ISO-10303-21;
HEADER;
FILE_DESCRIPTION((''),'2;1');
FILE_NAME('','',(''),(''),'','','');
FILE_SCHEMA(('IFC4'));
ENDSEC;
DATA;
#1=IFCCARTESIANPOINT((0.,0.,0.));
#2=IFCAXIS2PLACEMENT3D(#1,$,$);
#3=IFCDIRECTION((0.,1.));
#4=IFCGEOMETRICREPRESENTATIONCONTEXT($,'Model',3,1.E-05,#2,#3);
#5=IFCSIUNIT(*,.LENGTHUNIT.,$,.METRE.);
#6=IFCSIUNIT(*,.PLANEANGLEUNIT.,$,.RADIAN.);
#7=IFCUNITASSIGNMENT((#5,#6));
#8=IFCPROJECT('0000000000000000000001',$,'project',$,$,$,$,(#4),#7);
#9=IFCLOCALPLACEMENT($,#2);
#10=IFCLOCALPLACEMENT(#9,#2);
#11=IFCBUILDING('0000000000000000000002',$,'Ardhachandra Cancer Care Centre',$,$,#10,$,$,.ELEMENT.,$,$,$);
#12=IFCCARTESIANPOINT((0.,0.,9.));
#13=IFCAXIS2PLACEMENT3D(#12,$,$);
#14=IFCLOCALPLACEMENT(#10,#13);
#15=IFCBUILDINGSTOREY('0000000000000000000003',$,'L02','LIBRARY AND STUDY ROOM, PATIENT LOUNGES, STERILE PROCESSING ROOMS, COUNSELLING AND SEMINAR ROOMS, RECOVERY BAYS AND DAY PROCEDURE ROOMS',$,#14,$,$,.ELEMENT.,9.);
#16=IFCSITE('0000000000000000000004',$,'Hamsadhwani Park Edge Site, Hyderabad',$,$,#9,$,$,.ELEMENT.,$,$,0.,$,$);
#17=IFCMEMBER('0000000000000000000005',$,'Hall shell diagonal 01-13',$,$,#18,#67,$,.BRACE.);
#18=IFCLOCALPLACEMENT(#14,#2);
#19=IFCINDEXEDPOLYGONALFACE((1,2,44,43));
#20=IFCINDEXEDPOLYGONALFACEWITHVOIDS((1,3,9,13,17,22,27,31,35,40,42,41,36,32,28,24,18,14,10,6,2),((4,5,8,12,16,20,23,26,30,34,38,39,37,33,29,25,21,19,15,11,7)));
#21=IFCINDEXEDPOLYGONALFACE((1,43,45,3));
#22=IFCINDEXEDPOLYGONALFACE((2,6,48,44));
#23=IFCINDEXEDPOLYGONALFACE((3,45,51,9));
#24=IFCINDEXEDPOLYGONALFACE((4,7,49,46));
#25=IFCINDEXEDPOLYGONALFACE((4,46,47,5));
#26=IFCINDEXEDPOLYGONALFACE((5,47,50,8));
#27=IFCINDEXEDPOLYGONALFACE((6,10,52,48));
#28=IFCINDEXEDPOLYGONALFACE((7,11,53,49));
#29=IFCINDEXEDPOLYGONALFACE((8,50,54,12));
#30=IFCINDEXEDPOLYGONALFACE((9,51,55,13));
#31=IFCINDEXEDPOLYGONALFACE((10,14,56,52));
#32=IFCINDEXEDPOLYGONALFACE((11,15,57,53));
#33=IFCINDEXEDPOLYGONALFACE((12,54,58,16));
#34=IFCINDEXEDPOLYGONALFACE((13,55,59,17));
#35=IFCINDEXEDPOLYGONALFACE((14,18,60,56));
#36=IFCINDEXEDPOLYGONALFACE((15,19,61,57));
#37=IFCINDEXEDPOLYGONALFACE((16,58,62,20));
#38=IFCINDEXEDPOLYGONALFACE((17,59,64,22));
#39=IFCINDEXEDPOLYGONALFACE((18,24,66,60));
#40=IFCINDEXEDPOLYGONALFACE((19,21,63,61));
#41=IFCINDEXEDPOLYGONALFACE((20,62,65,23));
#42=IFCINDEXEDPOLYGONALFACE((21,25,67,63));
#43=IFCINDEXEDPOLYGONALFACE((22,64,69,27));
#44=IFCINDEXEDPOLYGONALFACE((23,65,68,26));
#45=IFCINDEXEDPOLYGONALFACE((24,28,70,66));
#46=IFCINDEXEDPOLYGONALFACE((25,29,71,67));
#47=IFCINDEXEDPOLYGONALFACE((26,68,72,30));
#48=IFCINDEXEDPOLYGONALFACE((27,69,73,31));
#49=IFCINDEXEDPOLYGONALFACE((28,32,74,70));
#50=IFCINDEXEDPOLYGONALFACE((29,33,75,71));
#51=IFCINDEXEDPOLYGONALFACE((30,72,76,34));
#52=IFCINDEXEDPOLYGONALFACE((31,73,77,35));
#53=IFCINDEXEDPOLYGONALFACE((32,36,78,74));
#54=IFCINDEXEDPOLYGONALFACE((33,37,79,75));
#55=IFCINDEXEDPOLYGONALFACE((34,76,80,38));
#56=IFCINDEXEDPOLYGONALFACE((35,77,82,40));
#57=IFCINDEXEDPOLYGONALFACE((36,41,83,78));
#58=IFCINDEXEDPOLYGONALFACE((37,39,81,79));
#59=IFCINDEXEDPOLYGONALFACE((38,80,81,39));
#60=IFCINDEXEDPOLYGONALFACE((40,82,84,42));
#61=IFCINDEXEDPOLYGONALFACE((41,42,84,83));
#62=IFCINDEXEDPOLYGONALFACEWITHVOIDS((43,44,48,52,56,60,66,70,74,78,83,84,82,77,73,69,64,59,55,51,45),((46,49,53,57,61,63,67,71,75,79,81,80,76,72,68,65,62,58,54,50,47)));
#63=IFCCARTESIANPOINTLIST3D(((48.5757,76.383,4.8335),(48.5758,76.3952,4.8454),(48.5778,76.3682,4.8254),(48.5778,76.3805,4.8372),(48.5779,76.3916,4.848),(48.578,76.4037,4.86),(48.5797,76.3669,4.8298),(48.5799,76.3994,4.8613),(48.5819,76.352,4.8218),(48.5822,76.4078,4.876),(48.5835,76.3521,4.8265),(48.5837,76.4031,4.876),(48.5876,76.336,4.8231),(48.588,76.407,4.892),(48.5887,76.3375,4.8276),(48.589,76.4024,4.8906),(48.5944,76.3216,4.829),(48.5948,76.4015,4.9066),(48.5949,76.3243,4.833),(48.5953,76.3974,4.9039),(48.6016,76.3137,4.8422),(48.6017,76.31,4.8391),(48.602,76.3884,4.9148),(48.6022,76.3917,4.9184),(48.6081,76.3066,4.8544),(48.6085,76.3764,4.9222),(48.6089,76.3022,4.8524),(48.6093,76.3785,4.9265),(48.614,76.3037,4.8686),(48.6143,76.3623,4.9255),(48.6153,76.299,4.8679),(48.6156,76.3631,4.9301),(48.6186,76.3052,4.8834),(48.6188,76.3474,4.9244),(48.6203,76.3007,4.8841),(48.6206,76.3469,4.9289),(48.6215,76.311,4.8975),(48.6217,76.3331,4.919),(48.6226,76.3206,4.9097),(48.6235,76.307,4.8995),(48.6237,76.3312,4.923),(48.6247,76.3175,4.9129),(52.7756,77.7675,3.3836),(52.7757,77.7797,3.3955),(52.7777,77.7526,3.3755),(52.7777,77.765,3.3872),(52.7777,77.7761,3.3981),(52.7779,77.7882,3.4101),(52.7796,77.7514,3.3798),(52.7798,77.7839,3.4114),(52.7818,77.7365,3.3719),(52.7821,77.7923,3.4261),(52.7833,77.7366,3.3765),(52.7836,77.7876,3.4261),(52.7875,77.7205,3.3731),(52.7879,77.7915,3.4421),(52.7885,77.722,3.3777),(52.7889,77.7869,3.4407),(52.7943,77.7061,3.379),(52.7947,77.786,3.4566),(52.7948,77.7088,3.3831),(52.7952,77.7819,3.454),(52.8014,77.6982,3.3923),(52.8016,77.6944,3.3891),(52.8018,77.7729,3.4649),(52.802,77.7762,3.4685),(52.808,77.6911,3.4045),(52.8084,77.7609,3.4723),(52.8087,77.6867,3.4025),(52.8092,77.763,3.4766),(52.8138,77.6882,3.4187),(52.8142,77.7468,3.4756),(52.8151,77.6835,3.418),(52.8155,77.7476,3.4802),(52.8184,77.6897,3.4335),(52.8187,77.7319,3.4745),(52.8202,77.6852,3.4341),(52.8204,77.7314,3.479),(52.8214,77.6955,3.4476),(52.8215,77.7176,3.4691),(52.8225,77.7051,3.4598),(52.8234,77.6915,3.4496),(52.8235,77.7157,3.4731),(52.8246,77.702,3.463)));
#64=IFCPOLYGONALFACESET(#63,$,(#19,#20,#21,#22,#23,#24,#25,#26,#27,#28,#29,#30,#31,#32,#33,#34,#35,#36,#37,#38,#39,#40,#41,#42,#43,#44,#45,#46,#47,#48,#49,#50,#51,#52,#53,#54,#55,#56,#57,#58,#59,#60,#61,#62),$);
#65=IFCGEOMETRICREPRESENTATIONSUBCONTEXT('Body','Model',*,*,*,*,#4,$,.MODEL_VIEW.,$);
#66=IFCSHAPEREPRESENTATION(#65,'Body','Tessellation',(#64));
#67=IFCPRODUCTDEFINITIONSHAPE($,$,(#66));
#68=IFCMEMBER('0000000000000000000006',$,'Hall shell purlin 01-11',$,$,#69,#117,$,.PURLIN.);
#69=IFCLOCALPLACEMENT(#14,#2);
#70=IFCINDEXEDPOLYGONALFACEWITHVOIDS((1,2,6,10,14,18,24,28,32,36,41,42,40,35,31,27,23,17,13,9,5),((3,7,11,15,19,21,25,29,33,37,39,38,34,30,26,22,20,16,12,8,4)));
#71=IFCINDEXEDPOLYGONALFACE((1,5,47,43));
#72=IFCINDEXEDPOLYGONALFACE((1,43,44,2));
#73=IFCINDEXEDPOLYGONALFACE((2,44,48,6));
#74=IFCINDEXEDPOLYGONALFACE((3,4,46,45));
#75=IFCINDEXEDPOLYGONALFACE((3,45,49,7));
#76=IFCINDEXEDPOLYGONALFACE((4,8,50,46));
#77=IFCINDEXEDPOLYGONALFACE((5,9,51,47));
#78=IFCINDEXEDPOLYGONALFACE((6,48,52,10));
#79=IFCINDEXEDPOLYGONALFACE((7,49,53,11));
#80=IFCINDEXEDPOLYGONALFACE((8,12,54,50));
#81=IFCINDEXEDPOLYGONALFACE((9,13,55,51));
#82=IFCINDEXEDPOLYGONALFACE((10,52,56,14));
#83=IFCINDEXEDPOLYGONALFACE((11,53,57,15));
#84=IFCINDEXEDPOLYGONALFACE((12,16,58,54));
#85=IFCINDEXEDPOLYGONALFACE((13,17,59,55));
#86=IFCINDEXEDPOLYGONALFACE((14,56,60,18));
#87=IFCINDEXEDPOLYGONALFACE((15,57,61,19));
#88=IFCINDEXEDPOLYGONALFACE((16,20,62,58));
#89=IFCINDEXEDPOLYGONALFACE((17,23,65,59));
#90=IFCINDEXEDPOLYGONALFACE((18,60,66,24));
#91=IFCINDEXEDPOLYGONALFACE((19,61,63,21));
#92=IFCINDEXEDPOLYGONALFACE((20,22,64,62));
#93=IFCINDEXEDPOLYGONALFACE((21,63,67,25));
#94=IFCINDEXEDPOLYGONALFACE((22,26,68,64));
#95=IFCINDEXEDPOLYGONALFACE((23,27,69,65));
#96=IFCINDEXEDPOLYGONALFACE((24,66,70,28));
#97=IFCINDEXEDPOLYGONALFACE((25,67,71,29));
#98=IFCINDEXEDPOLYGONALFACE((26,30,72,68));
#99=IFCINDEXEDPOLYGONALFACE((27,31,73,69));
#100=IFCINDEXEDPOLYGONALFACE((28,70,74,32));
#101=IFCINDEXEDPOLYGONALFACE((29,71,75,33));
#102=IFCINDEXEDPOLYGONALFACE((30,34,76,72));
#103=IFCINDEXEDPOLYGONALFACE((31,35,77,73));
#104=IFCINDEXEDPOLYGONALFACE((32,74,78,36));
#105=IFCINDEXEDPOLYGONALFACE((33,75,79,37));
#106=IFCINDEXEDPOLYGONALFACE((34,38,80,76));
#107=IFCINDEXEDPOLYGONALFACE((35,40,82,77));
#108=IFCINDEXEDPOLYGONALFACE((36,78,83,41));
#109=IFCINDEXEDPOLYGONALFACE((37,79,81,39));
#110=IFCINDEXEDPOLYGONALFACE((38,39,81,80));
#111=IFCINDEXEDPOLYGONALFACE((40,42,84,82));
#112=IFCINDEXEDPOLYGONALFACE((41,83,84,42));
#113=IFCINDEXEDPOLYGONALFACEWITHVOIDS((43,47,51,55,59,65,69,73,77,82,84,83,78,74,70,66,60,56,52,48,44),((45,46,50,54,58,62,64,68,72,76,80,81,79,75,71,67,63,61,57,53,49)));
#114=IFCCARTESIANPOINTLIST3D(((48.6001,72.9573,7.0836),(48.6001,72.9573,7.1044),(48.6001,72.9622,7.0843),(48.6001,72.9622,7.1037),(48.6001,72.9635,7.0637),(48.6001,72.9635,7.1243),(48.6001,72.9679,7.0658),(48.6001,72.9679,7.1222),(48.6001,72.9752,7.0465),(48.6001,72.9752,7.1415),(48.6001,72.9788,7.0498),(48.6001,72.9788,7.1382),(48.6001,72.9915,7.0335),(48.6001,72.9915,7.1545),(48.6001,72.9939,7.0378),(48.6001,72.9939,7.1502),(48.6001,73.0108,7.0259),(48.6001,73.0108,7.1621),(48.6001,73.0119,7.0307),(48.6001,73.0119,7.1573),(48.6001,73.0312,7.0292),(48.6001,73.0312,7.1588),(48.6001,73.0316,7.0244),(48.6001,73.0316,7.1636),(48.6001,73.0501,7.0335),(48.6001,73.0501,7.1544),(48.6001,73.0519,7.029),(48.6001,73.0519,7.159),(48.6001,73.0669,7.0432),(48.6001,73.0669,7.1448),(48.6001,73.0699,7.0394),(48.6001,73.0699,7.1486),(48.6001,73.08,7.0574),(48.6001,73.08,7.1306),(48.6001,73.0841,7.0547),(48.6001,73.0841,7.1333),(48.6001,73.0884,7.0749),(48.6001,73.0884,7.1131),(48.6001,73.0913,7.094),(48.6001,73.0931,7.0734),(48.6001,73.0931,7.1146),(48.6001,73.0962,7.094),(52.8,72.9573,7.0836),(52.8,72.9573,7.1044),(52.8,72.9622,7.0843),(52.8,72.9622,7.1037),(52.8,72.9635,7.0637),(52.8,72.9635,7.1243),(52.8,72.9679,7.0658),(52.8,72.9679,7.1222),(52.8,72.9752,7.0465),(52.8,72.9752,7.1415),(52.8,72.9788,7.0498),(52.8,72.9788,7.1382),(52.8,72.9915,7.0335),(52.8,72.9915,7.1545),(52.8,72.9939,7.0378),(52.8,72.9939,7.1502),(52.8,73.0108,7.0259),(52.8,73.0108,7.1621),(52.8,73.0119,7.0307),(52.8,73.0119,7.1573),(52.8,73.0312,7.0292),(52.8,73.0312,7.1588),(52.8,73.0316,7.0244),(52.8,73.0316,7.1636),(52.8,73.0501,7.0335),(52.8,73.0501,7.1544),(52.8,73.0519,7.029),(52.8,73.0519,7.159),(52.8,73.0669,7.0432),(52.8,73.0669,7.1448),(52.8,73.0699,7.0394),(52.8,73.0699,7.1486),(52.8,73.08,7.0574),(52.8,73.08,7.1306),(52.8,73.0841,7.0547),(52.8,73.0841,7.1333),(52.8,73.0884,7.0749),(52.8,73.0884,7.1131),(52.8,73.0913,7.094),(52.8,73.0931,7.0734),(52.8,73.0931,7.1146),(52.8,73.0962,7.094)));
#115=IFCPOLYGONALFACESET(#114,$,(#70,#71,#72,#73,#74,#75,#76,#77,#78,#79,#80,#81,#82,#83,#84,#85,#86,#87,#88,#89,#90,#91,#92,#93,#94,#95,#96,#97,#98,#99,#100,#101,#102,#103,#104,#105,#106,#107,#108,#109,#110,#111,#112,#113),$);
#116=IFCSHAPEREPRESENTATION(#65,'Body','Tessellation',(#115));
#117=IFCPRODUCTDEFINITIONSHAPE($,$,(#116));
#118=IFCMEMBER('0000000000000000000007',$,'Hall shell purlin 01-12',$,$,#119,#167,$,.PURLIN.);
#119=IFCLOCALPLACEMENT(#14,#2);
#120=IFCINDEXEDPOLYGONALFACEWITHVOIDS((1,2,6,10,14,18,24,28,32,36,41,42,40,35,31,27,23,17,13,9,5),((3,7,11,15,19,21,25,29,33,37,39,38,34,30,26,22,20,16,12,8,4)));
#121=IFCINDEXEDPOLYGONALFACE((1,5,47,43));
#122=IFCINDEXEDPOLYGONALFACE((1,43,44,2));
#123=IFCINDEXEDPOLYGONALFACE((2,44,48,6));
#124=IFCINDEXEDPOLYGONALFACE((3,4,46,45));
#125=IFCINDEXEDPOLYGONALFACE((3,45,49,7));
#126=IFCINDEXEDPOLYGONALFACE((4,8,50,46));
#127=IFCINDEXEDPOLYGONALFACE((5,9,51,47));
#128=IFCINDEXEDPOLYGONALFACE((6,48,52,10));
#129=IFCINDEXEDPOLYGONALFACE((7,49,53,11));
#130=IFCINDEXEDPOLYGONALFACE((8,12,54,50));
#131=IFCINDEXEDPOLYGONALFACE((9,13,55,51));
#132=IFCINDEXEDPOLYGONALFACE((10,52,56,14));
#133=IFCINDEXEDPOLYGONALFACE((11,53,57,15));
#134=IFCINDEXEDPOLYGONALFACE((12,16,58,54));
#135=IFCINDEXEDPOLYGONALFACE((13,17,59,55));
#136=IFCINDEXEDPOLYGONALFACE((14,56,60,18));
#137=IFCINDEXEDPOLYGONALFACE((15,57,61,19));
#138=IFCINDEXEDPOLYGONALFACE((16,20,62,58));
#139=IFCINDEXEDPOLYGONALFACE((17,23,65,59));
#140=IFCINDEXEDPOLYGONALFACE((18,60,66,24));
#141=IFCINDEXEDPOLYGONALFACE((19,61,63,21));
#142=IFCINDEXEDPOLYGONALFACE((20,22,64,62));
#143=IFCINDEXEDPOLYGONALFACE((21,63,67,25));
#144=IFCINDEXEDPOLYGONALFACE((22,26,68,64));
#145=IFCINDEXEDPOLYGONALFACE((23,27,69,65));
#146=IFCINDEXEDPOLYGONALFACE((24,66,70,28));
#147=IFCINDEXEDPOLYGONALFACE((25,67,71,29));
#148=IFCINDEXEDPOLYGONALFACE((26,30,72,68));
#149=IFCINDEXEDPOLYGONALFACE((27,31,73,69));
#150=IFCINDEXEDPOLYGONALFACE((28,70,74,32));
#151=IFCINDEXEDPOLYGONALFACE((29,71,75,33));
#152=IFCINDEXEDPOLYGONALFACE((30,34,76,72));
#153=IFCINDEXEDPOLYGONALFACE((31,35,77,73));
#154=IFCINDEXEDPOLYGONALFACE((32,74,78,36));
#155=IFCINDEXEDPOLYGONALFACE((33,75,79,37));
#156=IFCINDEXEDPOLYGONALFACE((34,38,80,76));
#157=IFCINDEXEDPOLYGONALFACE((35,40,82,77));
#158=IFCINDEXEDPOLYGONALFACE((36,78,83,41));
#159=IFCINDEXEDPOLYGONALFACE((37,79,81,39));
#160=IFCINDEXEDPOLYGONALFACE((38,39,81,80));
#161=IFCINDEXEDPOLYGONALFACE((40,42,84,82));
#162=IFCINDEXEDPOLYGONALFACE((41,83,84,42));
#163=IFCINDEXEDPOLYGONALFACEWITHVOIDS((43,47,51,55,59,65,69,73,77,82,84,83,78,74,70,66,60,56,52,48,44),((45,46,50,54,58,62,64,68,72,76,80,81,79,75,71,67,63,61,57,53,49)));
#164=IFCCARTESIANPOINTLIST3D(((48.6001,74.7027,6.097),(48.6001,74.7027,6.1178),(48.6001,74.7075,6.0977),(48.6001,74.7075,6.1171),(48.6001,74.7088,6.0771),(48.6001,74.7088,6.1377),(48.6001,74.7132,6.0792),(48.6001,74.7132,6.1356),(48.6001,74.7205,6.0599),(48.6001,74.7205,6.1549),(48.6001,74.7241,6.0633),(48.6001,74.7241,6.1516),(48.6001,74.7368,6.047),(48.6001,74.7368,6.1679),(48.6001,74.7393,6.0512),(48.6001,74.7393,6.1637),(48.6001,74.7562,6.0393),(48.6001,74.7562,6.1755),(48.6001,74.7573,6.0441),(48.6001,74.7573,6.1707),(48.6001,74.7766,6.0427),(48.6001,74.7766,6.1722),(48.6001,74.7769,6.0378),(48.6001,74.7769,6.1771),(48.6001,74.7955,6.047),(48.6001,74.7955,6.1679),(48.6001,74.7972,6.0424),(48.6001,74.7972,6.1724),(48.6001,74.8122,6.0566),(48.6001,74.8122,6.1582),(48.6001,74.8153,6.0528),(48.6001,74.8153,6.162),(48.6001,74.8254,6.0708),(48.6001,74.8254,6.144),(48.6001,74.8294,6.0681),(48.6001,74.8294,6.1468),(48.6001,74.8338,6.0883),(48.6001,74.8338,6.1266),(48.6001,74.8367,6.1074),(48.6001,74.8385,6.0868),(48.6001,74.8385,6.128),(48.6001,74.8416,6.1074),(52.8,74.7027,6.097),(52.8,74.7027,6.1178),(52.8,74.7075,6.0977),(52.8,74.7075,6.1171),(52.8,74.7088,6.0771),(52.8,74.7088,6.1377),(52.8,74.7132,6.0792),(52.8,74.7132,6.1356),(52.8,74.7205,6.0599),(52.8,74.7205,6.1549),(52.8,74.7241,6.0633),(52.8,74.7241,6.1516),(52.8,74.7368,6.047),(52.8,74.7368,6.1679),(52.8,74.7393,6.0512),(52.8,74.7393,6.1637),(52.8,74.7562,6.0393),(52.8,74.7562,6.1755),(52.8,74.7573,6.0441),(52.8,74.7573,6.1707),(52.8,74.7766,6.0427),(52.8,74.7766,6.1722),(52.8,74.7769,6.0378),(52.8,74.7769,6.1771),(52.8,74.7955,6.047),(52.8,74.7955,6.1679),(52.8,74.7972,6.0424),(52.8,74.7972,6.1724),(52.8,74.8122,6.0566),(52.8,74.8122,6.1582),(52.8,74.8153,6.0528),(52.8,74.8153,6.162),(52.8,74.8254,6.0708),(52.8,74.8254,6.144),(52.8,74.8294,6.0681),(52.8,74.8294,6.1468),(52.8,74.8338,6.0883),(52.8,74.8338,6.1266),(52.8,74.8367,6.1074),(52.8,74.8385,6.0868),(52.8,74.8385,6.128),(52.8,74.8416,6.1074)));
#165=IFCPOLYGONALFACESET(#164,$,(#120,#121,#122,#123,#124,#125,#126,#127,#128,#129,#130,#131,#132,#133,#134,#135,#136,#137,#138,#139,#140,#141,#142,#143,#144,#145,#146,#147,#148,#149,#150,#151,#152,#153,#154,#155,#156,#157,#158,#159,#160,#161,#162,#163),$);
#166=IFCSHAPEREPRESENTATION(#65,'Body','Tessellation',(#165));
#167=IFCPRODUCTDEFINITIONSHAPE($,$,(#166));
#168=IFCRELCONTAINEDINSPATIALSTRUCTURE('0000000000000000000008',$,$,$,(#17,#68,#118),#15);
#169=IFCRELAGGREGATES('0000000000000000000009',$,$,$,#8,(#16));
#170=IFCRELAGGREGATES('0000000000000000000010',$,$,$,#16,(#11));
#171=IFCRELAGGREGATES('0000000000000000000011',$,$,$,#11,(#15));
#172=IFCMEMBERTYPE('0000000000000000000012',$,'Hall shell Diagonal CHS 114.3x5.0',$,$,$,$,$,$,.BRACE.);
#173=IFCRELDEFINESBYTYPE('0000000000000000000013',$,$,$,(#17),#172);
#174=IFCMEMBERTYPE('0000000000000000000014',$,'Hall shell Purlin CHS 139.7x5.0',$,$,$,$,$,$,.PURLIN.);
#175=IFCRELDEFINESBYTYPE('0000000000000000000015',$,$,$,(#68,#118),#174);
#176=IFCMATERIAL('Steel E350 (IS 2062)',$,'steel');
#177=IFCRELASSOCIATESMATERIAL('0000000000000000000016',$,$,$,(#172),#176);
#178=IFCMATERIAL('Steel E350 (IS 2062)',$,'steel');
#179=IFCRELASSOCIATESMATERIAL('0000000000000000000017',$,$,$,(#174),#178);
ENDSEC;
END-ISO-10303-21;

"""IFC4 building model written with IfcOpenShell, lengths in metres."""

from ifc_helpers import new_model, si_unit, direction, frame, origin, origin_2d, place, context, subcontext, project, spatial, hollow_circle, extrude, material, material_profile, profile_set, type_object, element, save


model = new_model("IFC4")

# Units and contexts
model_context = context("Model", 3, precision=1e-05, world=origin(), true_north=direction((0.0, 1.0)))
body_context = subcontext(model_context, "Body", "Model", "MODEL_VIEW")
ifc_project = project(units=[si_unit("LENGTHUNIT", "METRE"), si_unit("PLANEANGLEUNIT", "RADIAN")], contexts=[model_context])

# Site, building, storey
site_placement = place(None, origin())
site = spatial("IfcSite", under=ifc_project, at=site_placement, Name="Hamsadhwani Park Edge Site, Hyderabad", CompositionType="ELEMENT", RefElevation=0.0)
building_placement = place(site_placement, origin())
building = spatial("IfcBuilding", under=site, at=building_placement, Name="Ardhachandra Cancer Care Centre", CompositionType="ELEMENT")
storey_placement = place(building_placement, frame((0.0, 0.0, 9.0)))
storey = spatial("IfcBuildingStorey", under=building, at=storey_placement, Name="L02", Description="LIBRARY AND STUDY ROOM, PATIENT LOUNGES, STERILE PROCESSING ROOMS, COUNSELLING AND SEMINAR ROOMS, RECOVERY BAYS AND DAY PROCEDURE ROOMS", CompositionType="ELEMENT", Elevation=9.0)

# Members
ifc_material_1 = material(Name="Steel E350 (IS 2062)", Category="steel")
ifc_material_profile_1 = material_profile(ifc_material_1, hollow_circle(Radius=0.0571, WallThickness=0.0049, at=origin_2d()), Name="CHS 114.3x5.0")
ifc_profile_set_1 = profile_set([ifc_material_profile_1], Name="Steel E350 (IS 2062)")
member_type_1 = type_object("IfcMemberType", Name="Hall shell Diagonal CHS 114.3x5.0", PredefinedType="BRACE", material=ifc_profile_set_1)
member_1_placement = place(storey_placement, frame((48.6001, 76.3535, 4.876), z_axis=(0.902457, 0.297497, -0.311556), x_axis=(-0.313079, 0.949727, 0.0)))
element("IfcMember", 1, at=member_1_placement, inside=storey, type_object=member_type_1, Name="Hall shell diagonal 01-13", PredefinedType="BRACE", context=body_context, shape_type="SweptSolid", body=[
    extrude(hollow_circle(Radius=0.0571, WallThickness=0.0049, at=origin_2d()), origin(), (0.0, 0.0, 1.0), 4.6538),
])
ifc_material_2 = material(Name="Steel E350 (IS 2062)", Category="steel")
ifc_material_profile_2 = material_profile(ifc_material_2, hollow_circle(Radius=0.0698, WallThickness=0.0049, at=origin_2d()), Name="CHS 139.7x5.0")
ifc_profile_set_2 = profile_set([ifc_material_profile_2], Name="Steel E350 (IS 2062)")
member_type_2 = type_object("IfcMemberType", Name="Hall shell Purlin CHS 139.7x5.0", PredefinedType="PURLIN", material=ifc_profile_set_2)
for number, where, z_axis, x_axis, name in (
    (2, (48.6001, 73.0264, 7.094), (1.0, 0.0, 0.0), (0.0, 1.0, 0.0), "Hall shell purlin 01-11"),
    (3, (48.6001, 74.7717, 6.1074), (1.0, 0.0, 0.0), (0.0, 1.0, 0.0), "Hall shell purlin 01-12"),
):
    element("IfcMember", number, at=place(storey_placement, frame(where, z_axis=z_axis, x_axis=x_axis)), inside=storey, type_object=member_type_2, Name=name, PredefinedType="PURLIN", context=body_context, shape_type="SweptSolid", body=[
        extrude(hollow_circle(Radius=0.0698, WallThickness=0.0049, at=origin_2d()), origin(), (0.0, 0.0, 1.0), 4.2),
    ])

save(model, "model.ifc")
